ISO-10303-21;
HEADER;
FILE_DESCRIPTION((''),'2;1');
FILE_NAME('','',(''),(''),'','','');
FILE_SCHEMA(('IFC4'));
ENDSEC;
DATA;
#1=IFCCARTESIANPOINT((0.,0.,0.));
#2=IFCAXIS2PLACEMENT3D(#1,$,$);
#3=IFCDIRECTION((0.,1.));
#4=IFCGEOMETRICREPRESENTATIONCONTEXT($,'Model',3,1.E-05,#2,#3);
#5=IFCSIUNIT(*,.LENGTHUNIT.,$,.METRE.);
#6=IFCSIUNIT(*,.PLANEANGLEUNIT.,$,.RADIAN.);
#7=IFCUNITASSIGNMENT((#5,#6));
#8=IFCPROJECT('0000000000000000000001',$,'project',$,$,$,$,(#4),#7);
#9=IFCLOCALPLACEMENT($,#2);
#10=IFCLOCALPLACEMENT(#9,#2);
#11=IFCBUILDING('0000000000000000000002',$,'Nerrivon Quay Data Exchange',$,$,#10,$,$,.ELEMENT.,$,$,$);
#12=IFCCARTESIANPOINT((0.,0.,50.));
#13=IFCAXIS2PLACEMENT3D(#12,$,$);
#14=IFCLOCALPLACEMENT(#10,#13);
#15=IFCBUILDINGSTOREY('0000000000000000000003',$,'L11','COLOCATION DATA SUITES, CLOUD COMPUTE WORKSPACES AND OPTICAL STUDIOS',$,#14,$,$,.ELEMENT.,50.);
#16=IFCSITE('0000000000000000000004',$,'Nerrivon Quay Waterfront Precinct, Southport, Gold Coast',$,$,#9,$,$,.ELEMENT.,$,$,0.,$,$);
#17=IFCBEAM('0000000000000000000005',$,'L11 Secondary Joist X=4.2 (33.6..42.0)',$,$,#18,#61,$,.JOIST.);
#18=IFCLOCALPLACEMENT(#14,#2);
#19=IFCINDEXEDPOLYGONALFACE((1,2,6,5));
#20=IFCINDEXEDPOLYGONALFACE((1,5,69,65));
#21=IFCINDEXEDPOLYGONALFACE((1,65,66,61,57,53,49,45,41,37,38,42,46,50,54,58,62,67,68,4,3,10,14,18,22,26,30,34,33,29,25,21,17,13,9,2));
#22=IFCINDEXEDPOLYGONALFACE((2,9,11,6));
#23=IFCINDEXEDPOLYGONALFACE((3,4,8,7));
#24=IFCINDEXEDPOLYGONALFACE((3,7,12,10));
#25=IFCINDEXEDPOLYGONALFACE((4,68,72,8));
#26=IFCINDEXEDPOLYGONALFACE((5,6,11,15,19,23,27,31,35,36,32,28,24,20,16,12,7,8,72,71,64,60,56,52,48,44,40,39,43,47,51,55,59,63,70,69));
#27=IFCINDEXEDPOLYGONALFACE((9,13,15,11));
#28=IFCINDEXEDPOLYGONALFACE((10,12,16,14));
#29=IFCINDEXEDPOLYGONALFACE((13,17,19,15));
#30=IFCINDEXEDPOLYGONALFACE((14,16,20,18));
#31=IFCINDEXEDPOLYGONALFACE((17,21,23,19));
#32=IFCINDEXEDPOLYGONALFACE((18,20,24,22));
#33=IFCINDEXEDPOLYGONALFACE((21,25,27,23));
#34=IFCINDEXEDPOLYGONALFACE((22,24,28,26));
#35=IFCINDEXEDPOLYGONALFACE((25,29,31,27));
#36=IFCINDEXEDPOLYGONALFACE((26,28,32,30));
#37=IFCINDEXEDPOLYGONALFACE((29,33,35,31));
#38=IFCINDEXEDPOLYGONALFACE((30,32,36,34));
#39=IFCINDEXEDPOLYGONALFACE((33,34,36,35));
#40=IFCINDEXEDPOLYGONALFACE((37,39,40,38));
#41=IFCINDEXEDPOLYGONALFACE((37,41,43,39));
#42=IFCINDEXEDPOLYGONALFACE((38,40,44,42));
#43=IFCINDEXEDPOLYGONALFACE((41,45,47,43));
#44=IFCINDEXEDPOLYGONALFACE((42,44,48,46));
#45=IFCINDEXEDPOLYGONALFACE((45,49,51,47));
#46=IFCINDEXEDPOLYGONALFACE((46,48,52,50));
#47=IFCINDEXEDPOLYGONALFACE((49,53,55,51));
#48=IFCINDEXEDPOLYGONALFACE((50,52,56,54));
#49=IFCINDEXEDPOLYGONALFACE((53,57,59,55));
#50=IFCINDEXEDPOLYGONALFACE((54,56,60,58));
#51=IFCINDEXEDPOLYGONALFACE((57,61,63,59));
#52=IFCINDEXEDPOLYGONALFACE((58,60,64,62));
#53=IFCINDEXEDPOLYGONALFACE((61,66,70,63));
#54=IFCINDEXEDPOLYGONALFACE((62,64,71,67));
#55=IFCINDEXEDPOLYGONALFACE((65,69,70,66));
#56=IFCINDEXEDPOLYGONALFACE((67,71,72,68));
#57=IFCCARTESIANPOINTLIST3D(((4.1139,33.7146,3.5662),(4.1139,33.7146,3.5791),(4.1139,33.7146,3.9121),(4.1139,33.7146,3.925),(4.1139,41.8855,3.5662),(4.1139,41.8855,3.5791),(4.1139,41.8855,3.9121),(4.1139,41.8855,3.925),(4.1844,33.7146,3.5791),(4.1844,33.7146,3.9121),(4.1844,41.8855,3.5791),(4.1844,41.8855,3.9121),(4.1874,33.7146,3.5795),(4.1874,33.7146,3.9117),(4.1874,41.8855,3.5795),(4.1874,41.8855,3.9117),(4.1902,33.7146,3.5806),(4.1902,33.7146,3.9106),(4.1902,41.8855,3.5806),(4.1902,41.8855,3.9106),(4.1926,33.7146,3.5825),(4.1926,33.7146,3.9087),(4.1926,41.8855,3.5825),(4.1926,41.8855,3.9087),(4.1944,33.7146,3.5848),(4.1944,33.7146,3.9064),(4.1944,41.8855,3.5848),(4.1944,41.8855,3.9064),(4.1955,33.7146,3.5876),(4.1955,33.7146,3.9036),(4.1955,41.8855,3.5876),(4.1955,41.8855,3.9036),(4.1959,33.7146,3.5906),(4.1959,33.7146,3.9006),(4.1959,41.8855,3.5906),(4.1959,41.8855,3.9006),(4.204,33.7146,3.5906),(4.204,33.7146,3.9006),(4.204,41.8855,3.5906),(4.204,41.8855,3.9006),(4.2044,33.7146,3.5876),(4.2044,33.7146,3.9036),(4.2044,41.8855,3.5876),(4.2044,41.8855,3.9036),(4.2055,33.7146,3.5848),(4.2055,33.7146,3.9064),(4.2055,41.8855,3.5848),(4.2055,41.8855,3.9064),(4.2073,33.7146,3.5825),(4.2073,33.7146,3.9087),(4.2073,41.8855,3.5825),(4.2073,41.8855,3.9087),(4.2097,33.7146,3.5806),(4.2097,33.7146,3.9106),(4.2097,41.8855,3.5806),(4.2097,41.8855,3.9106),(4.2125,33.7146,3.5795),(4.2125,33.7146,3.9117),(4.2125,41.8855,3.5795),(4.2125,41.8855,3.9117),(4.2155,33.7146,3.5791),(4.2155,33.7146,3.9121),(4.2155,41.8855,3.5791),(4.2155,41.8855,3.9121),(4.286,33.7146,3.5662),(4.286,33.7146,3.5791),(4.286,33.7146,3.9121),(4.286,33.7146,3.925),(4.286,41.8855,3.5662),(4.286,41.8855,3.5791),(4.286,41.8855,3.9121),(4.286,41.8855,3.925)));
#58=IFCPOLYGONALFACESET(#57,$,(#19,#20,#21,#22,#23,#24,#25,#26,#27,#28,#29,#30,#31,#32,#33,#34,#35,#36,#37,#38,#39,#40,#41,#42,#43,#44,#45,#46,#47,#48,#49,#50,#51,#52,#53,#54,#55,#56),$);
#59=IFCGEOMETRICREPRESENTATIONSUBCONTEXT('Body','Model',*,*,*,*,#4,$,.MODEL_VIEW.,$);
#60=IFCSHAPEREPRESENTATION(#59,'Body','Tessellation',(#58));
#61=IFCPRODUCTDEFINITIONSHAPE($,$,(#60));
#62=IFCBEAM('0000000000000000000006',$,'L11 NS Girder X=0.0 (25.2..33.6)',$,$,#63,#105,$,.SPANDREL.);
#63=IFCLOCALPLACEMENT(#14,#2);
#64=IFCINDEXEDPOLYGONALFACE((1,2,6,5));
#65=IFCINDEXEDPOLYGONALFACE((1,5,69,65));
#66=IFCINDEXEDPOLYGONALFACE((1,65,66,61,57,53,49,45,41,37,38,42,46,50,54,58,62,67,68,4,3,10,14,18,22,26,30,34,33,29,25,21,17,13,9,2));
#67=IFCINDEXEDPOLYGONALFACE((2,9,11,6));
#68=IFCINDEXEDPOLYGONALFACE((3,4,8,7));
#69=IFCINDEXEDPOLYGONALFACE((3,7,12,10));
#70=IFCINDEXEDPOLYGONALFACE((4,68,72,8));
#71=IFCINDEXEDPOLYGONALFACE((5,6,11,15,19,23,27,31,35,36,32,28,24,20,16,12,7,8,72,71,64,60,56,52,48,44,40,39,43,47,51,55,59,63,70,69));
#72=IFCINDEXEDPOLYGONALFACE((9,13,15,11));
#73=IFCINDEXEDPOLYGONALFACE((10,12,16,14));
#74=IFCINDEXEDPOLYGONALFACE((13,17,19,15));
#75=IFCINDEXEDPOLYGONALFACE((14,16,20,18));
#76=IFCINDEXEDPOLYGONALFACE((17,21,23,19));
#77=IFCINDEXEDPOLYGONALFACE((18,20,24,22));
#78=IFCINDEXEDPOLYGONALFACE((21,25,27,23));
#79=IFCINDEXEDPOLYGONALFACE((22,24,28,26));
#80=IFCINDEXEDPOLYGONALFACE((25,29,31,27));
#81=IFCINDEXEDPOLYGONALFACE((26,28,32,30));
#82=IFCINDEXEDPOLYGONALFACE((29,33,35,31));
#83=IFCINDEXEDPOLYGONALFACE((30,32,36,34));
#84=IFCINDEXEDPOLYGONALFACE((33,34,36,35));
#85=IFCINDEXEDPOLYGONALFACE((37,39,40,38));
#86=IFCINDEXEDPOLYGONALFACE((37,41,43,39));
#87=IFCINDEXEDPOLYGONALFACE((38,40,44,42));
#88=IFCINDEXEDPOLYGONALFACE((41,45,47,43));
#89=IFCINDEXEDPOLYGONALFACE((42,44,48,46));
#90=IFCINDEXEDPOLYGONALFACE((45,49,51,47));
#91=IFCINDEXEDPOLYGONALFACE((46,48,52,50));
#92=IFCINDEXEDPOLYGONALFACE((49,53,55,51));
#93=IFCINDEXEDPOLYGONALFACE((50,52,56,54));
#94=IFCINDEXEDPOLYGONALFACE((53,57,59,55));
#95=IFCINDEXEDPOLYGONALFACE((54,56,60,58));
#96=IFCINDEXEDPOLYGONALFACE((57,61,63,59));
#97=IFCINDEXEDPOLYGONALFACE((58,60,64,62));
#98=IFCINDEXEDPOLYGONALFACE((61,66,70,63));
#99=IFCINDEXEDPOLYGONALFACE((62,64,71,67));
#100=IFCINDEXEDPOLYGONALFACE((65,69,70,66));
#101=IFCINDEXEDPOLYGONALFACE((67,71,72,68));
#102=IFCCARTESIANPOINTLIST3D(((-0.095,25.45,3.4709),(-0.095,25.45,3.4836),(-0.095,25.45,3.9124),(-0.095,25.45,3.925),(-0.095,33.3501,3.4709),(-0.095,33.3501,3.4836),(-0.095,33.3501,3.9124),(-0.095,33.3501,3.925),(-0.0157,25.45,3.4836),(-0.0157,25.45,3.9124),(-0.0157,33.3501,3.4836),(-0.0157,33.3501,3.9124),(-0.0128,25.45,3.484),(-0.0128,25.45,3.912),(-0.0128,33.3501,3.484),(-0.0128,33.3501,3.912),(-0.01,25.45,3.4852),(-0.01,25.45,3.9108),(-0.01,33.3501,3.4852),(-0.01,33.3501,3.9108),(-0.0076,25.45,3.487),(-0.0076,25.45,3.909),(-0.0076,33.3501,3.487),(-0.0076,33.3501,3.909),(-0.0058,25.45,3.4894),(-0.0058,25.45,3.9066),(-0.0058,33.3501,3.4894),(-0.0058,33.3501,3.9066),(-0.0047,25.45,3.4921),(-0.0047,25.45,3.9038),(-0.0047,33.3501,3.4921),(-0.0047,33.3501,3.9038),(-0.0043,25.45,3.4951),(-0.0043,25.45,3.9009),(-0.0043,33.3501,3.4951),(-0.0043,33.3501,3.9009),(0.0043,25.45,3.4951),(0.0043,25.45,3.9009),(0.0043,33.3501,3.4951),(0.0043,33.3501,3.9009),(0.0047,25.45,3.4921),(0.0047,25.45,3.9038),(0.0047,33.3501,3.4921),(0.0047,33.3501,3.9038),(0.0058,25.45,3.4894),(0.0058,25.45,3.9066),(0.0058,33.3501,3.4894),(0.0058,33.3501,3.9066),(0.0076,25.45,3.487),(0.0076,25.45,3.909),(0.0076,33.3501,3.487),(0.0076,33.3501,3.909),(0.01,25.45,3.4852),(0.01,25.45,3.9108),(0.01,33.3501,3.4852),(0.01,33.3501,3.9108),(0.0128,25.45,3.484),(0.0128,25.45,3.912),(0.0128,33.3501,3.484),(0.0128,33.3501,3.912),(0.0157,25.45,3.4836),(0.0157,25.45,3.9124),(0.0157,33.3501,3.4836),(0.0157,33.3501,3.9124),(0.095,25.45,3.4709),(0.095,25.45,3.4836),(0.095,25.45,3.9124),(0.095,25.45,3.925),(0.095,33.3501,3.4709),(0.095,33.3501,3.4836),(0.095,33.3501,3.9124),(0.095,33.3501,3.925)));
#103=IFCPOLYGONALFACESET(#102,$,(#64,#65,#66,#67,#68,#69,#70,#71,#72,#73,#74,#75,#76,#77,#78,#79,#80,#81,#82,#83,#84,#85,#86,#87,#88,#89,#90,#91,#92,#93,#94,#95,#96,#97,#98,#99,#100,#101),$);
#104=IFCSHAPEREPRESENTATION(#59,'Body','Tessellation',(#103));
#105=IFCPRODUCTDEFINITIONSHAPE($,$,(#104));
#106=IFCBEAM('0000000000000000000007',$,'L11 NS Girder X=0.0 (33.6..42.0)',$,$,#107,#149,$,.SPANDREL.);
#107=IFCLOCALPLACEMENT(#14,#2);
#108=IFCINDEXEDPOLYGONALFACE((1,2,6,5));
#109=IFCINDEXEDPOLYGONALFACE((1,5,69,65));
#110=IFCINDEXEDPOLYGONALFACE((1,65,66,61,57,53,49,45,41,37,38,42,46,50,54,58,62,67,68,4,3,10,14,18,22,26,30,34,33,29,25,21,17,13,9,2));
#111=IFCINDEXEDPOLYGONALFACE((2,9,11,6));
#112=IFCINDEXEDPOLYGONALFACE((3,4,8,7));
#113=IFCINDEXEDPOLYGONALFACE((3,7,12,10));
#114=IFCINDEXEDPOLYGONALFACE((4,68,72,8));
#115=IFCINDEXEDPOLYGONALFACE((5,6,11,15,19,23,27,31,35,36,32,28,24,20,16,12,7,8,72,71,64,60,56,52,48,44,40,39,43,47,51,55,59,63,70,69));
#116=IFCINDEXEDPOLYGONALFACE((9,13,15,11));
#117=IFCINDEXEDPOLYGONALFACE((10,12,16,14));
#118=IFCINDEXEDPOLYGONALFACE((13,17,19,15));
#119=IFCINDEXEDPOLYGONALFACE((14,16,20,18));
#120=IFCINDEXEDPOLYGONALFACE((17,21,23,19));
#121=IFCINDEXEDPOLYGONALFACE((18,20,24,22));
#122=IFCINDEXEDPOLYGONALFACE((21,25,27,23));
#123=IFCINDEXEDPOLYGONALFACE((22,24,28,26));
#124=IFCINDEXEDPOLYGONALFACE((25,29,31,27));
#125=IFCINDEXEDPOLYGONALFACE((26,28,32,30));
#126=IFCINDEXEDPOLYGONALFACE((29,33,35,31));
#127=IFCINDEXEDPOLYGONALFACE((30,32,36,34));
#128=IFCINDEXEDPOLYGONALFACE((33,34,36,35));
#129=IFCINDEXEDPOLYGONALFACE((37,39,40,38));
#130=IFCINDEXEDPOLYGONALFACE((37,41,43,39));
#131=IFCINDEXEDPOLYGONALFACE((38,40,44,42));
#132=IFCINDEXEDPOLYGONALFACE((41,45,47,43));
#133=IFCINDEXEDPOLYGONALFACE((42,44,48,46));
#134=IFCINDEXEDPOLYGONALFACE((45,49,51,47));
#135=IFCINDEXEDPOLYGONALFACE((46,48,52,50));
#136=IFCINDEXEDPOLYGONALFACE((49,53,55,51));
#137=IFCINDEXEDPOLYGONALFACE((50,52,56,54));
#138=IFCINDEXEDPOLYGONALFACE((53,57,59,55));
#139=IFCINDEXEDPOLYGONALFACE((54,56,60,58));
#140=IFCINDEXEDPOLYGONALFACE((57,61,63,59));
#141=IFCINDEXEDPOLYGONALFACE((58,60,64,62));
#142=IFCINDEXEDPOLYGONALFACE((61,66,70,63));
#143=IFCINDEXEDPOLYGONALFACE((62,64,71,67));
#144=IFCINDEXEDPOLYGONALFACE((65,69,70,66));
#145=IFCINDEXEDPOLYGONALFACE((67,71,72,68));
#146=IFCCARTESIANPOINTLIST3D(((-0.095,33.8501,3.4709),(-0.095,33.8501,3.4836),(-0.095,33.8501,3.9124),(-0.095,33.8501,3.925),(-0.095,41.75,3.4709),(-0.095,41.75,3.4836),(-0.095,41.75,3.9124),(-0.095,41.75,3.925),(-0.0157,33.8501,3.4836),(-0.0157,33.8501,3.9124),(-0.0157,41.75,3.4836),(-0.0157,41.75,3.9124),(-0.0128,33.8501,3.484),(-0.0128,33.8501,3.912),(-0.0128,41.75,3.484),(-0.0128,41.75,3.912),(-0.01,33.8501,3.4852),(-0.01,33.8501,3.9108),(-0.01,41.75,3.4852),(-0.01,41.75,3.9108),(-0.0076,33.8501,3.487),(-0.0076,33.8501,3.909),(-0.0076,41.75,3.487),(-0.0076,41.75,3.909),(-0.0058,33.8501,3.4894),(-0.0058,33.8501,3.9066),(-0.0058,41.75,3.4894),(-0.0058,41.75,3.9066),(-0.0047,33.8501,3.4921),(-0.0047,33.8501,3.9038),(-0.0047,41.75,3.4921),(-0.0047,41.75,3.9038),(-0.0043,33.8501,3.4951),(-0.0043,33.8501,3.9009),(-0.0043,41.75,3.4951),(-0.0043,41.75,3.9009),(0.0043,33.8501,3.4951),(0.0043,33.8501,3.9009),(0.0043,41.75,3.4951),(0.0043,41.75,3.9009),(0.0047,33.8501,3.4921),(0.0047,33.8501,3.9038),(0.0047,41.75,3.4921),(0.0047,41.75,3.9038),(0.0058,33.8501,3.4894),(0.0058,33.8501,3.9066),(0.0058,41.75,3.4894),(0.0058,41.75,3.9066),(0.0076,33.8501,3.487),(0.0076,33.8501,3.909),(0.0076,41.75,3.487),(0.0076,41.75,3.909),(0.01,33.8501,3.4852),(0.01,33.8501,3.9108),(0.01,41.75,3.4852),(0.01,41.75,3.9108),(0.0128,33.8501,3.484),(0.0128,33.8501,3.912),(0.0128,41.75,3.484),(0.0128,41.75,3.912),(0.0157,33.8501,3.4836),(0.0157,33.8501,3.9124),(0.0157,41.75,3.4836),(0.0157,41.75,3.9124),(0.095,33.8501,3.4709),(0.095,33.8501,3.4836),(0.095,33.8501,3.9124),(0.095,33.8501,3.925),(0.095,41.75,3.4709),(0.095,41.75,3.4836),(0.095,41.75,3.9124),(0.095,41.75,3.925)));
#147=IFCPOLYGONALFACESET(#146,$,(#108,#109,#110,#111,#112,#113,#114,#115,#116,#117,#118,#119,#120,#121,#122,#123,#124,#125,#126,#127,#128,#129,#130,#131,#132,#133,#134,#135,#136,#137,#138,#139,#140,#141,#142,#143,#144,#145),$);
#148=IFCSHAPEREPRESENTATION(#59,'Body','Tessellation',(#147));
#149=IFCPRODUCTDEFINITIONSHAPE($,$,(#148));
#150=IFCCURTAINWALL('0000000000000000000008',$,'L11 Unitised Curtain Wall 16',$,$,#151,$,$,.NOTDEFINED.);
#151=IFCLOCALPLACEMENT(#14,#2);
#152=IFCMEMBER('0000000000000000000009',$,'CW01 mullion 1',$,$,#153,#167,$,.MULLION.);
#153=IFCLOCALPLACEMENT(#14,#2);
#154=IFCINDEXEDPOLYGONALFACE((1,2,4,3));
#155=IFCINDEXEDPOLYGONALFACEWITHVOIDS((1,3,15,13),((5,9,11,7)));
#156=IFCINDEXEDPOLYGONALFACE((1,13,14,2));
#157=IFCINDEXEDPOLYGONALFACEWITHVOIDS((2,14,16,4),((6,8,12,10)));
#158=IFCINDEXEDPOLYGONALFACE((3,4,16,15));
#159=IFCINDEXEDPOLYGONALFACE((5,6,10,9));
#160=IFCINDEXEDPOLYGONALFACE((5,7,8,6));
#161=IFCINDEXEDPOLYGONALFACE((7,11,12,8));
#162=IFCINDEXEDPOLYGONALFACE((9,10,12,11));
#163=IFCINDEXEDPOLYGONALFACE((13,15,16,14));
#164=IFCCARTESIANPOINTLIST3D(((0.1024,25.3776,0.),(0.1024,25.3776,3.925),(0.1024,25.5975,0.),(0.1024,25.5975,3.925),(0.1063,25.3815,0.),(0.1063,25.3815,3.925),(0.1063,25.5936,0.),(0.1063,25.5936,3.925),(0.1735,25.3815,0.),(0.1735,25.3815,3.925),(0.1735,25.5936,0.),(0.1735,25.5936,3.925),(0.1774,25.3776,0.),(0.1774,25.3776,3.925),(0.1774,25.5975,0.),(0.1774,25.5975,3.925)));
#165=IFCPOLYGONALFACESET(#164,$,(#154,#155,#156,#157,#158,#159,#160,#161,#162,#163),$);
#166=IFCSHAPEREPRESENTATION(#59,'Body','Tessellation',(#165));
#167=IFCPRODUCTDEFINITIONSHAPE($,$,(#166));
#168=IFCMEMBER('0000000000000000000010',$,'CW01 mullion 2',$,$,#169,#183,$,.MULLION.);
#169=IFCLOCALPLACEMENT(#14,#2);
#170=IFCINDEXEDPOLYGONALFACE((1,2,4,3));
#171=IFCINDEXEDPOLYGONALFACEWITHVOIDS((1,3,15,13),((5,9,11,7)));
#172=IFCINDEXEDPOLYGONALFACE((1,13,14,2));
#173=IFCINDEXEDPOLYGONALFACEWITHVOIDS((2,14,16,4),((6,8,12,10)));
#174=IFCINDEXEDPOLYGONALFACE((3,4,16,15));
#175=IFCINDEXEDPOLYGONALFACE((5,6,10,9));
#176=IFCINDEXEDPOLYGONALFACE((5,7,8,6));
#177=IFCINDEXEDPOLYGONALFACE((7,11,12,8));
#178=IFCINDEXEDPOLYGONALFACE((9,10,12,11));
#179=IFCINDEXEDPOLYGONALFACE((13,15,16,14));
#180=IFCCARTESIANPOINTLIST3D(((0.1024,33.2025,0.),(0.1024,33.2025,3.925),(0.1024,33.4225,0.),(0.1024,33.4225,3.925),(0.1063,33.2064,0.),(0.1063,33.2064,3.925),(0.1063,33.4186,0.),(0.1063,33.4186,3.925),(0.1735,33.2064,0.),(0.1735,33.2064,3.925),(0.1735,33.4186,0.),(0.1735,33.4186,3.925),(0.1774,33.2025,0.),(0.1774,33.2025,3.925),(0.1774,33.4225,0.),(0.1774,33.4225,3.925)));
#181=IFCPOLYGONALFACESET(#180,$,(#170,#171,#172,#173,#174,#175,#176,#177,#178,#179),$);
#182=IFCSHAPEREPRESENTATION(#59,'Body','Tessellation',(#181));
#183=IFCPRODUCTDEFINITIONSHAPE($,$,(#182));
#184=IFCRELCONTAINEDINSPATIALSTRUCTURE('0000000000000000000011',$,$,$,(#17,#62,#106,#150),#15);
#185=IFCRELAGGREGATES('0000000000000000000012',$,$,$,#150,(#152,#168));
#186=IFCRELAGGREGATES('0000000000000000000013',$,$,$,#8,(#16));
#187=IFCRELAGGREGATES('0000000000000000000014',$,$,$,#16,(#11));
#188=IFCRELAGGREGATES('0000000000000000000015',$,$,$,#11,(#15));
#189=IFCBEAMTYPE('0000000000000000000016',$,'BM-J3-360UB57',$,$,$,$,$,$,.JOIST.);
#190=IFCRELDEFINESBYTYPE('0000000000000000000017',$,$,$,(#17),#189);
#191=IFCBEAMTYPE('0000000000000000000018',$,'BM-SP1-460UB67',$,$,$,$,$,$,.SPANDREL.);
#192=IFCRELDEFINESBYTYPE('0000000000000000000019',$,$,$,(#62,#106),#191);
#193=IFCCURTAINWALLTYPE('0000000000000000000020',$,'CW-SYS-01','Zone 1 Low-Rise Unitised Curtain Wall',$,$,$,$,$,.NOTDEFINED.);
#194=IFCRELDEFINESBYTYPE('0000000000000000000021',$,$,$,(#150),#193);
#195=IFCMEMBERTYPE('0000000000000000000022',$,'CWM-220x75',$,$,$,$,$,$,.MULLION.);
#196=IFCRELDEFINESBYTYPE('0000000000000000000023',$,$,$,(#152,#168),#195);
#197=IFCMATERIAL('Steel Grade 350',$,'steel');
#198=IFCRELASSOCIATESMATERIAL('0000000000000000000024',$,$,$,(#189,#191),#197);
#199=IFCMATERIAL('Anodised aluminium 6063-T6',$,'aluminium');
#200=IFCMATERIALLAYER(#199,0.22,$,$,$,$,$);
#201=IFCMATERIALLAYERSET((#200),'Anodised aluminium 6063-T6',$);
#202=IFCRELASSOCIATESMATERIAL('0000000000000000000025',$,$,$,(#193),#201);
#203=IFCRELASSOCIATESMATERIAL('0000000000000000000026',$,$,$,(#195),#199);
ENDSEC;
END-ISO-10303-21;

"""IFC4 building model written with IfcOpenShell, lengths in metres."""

from ifc_helpers import new_model, si_unit, direction, frame, origin, origin_2d, place, context, subcontext, project, spatial, hollow_rectangle, i_section, extrude, material, layer, layer_set, material_profile, profile_set, type_object, element, aggregate, save


model = new_model("IFC4")

# Units and contexts
model_context = context("Model", 3, precision=1e-05, world=origin(), true_north=direction((0.0, 1.0)))
body_context = subcontext(model_context, "Body", "Model", "MODEL_VIEW")
ifc_project = project(units=[si_unit("LENGTHUNIT", "METRE"), si_unit("PLANEANGLEUNIT", "RADIAN")], contexts=[model_context])

# Site, building, storey
site_placement = place(None, origin())
site = spatial("IfcSite", under=ifc_project, at=site_placement, Name="Nerrivon Quay Waterfront Precinct, Southport, Gold Coast", CompositionType="ELEMENT", RefElevation=0.0)
building_placement = place(site_placement, origin())
building = spatial("IfcBuilding", under=site, at=building_placement, Name="Nerrivon Quay Data Exchange", CompositionType="ELEMENT")
storey_placement = place(building_placement, frame((0.0, 0.0, 50.0)))
storey = spatial("IfcBuildingStorey", under=building, at=storey_placement, Name="L11", Description="COLOCATION DATA SUITES, CLOUD COMPUTE WORKSPACES AND OPTICAL STUDIOS", CompositionType="ELEMENT", Elevation=50.0)

# Shared definitions
ifc_material_1 = material(Name="Steel Grade 350", Category="steel")

# Beams
ifc_material_profile_1 = material_profile(ifc_material_1, i_section(OverallWidth=0.1721, OverallDepth=0.3589, WebThickness=0.0081, FlangeThickness=0.0129, FilletRadius=0.0115, at=origin_2d()), Name="360UB56.7")
ifc_profile_set_1 = profile_set([ifc_material_profile_1], Name="Steel Grade 350")
beam_type_1 = type_object("IfcBeamType", Name="BM-J3-360UB57", PredefinedType="JOIST", material=ifc_profile_set_1)
beam_1_placement = place(storey_placement, frame((4.2, 33.7146, 3.7456), z_axis=(0.0, 1.0, 0.0), x_axis=(-1.0, 0.0, 0.0)))
element("IfcBeam", 1, at=beam_1_placement, inside=storey, type_object=beam_type_1, Name="L11 Secondary Joist X=4.2 (33.6..42.0)", PredefinedType="JOIST", context=body_context, shape_type="SweptSolid", body=[
    extrude(i_section(OverallWidth=0.1721, OverallDepth=0.3589, WebThickness=0.0081, FlangeThickness=0.0129, FilletRadius=0.0115, at=origin_2d()), origin(), (0.0, 0.0, 1.0), 8.1709),
])
ifc_material_profile_2 = material_profile(ifc_material_1, i_section(OverallWidth=0.1899, OverallDepth=0.4541, WebThickness=0.0085, FlangeThickness=0.0127, FilletRadius=0.0115, at=origin_2d()), Name="460UB67.1")
ifc_profile_set_2 = profile_set([ifc_material_profile_2], Name="Steel Grade 350")
beam_type_2 = type_object("IfcBeamType", Name="BM-SP1-460UB67", PredefinedType="SPANDREL", material=ifc_profile_set_2)
beam_2_placement = place(storey_placement, frame((0.0, 25.45, 3.698), z_axis=(0.0, 1.0, 0.0), x_axis=(-1.0, 0.0, 0.0)))
element("IfcBeam", 2, at=beam_2_placement, inside=storey, type_object=beam_type_2, Name="L11 NS Girder X=0.0 (25.2..33.6)", PredefinedType="SPANDREL", context=body_context, shape_type="SweptSolid", body=[
    extrude(i_section(OverallWidth=0.1899, OverallDepth=0.4541, WebThickness=0.0085, FlangeThickness=0.0127, FilletRadius=0.0115, at=origin_2d()), origin(), (0.0, 0.0, 1.0), 7.9001),
])
beam_3_placement = place(storey_placement, frame((0.0, 33.8501, 3.698), z_axis=(0.0, 1.0, 0.0), x_axis=(-1.0, 0.0, 0.0)))
element("IfcBeam", 3, at=beam_3_placement, inside=storey, type_object=beam_type_2, Name="L11 NS Girder X=0.0 (33.6..42.0)", PredefinedType="SPANDREL", context=body_context, shape_type="SweptSolid", body=[
    extrude(i_section(OverallWidth=0.1899, OverallDepth=0.4541, WebThickness=0.0085, FlangeThickness=0.0127, FilletRadius=0.0115, at=origin_2d()), origin(), (0.0, 0.0, 1.0), 7.8999),
])

# Curtain wall, members
ifc_material_2 = material(Name="Anodised aluminium 6063-T6", Category="aluminium")
ifc_layer_1 = layer(ifc_material_2, 0.22)
ifc_layer_set_1 = layer_set([ifc_layer_1], Name="Anodised aluminium 6063-T6")
curtain_wall_type = type_object("IfcCurtainWallType", Name="CW-SYS-01", Description="Zone 1 Low-Rise Unitised Curtain Wall", PredefinedType="NOTDEFINED", material=ifc_layer_set_1)
curtain_wall_1_placement = place(storey_placement, origin())
curtain_wall_1 = element("IfcCurtainWall", 4, at=curtain_wall_1_placement, inside=storey, type_object=curtain_wall_type, Name="L11 Unitised Curtain Wall 16", PredefinedType="NOTDEFINED")
ifc_material_profile_3 = material_profile(ifc_material_2, hollow_rectangle(XDim=0.075, YDim=0.22, WallThickness=0.0039, at=origin_2d()), Name="ALU-MULL-220x75")
ifc_profile_set_3 = profile_set([ifc_material_profile_3], Name="Anodised aluminium 6063-T6")
member_type_1 = type_object("IfcMemberType", Name="CWM-220x75", PredefinedType="MULLION", material=ifc_profile_set_3)
member_1_placement = place(storey_placement, frame((0.1399, 25.4875, 0.0), z_axis=(0.0, 0.0, 1.0), x_axis=(-1.0, 0.0, 0.0)))
member_1 = element("IfcMember", 5, at=member_1_placement, type_object=member_type_1, Name="CW01 mullion 1", PredefinedType="MULLION", context=body_context, shape_type="SweptSolid", body=[
    extrude(hollow_rectangle(XDim=0.075, YDim=0.22, WallThickness=0.0039, at=origin_2d()), origin(), (0.0, 0.0, 1.0), 3.925),
])
member_2_placement = place(storey_placement, frame((0.1399, 33.3125, 0.0), z_axis=(0.0, 0.0, 1.0), x_axis=(-1.0, 0.0, 0.0)))
member_2 = element("IfcMember", 6, at=member_2_placement, type_object=member_type_1, Name="CW01 mullion 2", PredefinedType="MULLION", context=body_context, shape_type="SweptSolid", body=[
    extrude(hollow_rectangle(XDim=0.075, YDim=0.22, WallThickness=0.0039, at=origin_2d()), origin(), (0.0, 0.0, 1.0), 3.925),
])

aggregate(curtain_wall_1, [member_1, member_2])

save(model, "model.ifc")
